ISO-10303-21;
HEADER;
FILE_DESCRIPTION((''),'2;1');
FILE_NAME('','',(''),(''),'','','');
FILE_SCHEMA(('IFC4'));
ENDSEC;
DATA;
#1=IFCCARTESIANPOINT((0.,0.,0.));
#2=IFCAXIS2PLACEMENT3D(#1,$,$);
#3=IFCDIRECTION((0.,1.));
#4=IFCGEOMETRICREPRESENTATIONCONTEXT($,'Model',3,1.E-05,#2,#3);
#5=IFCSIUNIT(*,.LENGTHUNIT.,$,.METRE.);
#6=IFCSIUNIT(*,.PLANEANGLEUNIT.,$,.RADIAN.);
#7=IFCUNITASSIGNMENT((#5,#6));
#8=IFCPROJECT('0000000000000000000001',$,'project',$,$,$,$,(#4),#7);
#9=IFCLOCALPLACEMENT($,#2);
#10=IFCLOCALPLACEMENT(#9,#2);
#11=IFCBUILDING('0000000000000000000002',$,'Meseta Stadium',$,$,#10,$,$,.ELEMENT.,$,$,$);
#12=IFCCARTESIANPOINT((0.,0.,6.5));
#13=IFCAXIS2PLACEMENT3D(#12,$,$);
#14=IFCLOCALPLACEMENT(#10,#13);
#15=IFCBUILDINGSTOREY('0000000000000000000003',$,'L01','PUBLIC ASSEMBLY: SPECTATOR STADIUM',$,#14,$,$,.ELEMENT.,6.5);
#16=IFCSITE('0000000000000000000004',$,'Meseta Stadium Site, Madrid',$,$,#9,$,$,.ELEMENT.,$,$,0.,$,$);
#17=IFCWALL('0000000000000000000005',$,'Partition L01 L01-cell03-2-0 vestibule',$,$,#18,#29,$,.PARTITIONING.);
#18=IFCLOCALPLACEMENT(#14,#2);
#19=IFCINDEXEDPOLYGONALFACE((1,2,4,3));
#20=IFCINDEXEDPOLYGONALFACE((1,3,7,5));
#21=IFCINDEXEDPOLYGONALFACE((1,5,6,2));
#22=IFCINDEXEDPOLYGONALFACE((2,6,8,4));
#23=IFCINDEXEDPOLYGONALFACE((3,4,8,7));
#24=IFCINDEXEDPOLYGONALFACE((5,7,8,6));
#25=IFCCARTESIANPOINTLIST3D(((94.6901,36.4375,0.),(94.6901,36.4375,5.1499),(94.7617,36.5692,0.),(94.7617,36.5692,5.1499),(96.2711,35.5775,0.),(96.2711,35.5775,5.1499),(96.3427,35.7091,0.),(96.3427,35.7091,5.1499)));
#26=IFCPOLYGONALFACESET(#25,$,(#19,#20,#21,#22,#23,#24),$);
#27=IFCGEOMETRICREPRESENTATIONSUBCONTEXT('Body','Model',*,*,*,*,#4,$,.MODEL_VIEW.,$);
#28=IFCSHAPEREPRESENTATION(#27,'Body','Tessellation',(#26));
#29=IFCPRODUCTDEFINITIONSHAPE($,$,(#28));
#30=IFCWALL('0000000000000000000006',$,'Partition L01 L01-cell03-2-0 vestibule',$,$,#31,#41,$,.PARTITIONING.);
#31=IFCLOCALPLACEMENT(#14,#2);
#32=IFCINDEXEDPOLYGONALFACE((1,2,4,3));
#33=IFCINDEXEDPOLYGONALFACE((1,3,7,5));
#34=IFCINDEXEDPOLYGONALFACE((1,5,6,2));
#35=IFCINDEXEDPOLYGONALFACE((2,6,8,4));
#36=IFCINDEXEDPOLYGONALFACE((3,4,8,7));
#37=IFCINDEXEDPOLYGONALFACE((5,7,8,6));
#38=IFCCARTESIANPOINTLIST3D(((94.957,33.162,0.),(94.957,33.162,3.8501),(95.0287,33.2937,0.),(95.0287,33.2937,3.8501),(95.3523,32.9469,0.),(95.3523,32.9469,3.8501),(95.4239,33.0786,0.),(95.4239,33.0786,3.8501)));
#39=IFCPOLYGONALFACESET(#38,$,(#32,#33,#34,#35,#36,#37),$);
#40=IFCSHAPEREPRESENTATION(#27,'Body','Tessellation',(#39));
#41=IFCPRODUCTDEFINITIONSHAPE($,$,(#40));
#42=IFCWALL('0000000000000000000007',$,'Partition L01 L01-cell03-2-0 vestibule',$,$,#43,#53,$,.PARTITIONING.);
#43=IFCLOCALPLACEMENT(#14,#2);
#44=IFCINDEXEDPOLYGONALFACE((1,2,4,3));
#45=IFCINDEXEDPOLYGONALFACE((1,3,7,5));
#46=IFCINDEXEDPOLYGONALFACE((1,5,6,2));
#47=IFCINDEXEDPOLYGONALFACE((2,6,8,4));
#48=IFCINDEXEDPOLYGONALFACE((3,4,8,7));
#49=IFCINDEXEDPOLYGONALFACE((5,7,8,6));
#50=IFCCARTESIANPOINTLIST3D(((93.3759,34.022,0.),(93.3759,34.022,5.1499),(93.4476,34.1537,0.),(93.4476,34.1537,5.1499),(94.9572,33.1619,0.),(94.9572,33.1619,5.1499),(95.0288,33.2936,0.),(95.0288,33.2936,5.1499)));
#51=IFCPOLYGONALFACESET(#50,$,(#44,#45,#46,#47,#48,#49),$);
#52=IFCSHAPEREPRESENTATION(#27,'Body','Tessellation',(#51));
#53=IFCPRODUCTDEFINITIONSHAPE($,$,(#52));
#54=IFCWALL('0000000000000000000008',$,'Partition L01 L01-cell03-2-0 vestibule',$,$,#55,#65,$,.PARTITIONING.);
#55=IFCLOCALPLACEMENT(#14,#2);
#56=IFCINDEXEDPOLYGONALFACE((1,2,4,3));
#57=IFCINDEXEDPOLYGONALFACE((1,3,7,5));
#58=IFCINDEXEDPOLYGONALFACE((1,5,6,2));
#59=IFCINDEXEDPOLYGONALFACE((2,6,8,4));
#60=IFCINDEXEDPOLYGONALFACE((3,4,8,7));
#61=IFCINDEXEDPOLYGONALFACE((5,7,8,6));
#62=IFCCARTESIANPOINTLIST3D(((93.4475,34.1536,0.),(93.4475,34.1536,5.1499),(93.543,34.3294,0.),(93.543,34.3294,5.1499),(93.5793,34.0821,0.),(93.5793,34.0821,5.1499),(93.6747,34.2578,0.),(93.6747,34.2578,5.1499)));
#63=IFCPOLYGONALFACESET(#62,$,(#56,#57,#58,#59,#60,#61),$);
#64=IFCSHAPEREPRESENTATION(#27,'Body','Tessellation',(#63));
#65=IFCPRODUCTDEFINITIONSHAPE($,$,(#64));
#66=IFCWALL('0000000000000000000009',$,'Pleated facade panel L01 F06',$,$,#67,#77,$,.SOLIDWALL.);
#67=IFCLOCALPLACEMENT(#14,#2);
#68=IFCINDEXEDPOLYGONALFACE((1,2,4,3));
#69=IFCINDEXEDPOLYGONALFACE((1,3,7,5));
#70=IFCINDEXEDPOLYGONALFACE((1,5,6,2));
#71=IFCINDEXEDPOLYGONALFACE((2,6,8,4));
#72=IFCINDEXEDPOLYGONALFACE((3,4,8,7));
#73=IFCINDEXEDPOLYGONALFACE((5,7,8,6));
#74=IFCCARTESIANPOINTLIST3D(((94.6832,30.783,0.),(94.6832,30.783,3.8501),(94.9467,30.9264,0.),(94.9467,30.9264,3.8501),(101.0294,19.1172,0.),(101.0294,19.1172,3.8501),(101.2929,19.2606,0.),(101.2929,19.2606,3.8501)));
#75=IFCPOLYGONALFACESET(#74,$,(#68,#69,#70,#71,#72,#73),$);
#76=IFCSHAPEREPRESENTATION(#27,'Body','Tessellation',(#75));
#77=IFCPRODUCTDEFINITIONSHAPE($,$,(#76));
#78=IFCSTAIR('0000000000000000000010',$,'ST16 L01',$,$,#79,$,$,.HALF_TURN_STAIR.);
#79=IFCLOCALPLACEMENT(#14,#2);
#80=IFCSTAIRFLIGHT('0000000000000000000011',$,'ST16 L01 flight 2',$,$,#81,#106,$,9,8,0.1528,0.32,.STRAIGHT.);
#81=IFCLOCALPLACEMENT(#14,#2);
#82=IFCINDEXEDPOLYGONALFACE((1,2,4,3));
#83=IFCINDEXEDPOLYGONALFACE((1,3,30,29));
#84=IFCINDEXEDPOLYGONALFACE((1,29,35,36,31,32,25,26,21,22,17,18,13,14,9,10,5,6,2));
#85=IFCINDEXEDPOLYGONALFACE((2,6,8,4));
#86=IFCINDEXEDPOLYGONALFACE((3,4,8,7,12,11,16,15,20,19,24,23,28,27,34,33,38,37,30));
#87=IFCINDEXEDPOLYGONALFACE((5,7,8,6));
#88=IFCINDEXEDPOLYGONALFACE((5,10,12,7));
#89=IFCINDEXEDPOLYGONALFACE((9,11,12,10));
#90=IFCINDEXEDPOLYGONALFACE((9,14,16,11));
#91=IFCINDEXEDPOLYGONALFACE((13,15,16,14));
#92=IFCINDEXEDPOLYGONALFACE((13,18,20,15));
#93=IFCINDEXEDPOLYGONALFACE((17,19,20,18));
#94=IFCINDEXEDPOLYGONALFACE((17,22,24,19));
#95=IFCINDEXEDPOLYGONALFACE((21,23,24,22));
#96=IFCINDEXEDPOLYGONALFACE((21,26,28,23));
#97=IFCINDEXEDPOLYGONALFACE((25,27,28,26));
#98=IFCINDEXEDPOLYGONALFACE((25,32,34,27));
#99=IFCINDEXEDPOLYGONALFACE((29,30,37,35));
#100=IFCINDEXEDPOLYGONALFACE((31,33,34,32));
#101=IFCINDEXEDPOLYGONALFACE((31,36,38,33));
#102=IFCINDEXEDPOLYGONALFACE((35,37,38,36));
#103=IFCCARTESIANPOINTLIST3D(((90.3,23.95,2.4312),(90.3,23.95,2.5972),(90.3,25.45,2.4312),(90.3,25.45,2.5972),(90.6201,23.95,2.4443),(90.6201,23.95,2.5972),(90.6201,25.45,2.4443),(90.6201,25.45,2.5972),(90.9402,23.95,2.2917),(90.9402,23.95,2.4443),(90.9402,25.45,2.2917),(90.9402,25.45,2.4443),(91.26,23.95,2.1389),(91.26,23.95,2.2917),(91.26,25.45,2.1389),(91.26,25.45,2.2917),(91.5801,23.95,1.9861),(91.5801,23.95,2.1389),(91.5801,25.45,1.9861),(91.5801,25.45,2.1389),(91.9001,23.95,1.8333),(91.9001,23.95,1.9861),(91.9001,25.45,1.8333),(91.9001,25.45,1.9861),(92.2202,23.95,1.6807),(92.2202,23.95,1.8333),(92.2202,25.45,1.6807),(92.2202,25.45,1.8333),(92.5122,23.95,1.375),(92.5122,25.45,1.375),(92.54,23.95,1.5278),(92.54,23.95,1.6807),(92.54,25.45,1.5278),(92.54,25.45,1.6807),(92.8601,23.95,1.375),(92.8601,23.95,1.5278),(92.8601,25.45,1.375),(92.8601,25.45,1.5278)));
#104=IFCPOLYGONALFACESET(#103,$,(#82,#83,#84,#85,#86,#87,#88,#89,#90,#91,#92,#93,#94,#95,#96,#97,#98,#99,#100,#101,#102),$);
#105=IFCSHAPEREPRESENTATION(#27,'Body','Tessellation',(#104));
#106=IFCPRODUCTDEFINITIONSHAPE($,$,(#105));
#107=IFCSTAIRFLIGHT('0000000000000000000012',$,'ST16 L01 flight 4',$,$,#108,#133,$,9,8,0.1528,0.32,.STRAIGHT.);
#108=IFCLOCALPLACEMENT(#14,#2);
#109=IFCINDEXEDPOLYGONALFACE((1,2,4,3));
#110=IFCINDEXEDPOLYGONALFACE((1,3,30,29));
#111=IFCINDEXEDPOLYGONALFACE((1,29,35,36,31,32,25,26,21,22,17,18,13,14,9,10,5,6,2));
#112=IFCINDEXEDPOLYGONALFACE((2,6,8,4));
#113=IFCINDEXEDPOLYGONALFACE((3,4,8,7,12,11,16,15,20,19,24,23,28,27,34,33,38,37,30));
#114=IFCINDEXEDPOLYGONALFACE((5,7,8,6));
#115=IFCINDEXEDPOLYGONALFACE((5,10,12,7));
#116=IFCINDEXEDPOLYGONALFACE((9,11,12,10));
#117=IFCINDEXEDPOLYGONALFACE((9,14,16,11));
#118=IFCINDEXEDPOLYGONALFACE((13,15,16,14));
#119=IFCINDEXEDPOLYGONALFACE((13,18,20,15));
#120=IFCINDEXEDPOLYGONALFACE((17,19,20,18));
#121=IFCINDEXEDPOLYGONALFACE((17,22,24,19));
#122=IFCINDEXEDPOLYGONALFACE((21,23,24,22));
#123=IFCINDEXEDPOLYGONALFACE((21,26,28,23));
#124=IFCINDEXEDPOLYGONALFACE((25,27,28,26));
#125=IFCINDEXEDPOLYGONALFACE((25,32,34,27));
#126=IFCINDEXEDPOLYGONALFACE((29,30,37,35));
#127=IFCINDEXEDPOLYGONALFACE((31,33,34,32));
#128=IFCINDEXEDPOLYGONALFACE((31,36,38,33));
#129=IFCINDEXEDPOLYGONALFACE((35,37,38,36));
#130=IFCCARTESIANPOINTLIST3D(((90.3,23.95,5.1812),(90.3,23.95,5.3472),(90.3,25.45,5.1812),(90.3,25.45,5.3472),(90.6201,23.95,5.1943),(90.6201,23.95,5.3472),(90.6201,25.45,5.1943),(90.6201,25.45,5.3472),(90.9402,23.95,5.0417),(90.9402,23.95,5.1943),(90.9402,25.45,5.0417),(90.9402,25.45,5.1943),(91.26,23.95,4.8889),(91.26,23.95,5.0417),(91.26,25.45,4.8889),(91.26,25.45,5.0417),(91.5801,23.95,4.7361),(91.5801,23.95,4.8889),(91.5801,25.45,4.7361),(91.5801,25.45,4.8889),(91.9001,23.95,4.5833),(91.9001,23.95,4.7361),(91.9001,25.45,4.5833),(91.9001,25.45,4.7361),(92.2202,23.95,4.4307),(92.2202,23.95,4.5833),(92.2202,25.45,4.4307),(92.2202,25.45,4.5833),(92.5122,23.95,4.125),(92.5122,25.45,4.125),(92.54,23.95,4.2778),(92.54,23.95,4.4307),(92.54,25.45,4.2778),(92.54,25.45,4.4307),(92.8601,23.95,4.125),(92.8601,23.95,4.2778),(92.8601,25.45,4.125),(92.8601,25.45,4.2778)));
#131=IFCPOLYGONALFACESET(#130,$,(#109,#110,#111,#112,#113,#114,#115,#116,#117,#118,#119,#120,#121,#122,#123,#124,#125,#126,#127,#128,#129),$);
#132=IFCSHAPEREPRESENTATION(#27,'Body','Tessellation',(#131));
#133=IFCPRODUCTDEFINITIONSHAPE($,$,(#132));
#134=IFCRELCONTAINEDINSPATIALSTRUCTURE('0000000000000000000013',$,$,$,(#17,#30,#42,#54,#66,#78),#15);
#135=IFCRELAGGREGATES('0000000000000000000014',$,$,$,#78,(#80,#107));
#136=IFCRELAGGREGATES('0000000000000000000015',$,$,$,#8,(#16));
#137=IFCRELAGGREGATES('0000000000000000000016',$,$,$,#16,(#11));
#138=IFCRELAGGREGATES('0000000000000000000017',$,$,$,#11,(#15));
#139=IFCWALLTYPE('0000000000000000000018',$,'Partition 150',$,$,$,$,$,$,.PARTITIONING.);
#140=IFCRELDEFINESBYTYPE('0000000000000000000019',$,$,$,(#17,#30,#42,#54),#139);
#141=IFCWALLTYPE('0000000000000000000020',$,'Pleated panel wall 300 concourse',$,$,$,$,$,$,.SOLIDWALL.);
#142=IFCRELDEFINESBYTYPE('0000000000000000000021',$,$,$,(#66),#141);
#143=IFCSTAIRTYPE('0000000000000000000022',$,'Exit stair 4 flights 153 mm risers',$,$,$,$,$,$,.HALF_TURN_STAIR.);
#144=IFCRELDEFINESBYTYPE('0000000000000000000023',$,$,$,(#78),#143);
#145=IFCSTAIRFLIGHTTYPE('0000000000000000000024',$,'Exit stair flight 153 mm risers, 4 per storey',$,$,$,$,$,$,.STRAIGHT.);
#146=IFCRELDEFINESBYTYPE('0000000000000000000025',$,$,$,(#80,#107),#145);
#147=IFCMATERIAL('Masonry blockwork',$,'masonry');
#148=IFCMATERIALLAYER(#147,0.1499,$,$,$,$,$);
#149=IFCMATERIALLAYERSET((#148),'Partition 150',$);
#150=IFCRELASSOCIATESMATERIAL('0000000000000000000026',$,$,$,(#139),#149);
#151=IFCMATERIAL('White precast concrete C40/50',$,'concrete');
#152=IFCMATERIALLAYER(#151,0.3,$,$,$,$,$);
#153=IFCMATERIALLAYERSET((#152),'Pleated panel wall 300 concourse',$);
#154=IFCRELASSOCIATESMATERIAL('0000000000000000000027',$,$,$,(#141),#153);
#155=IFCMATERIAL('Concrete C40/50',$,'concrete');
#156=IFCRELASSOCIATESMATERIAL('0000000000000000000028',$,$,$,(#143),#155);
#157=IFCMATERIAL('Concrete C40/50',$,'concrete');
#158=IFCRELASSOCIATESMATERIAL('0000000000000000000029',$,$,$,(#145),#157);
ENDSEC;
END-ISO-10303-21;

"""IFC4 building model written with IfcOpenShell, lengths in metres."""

from ifc_helpers import new_model, si_unit, direction, frame, frame_2d, origin, place, context, subcontext, project, spatial, polyline, rectangle, outline, extrude, material, layer, layer_set, type_object, element, aggregate, save


model = new_model("IFC4")

# Units and contexts
model_context = context("Model", 3, precision=1e-05, world=origin(), true_north=direction((0.0, 1.0)))
body_context = subcontext(model_context, "Body", "Model", "MODEL_VIEW")
ifc_project = project(units=[si_unit("LENGTHUNIT", "METRE"), si_unit("PLANEANGLEUNIT", "RADIAN")], contexts=[model_context])

# Site, building, storey
site_placement = place(None, origin())
site = spatial("IfcSite", under=ifc_project, at=site_placement, Name="Meseta Stadium Site, Madrid", CompositionType="ELEMENT", RefElevation=0.0)
building_placement = place(site_placement, origin())
building = spatial("IfcBuilding", under=site, at=building_placement, Name="Meseta Stadium", CompositionType="ELEMENT")
storey_placement = place(building_placement, frame((0.0, 0.0, 6.5)))
storey = spatial("IfcBuildingStorey", under=building, at=storey_placement, Name="L01", Description="PUBLIC ASSEMBLY: SPECTATOR STADIUM", CompositionType="ELEMENT", Elevation=6.5)

# Walls
ifc_material_1 = material(Name="Masonry blockwork", Category="masonry")
ifc_layer_1 = layer(ifc_material_1, 0.1499)
ifc_layer_set_1 = layer_set([ifc_layer_1], Name="Partition 150")
wall_type_1 = type_object("IfcWallType", Name="Partition 150", PredefinedType="PARTITIONING", material=ifc_layer_set_1)
wall_1_placement = place(storey_placement, frame((96.3069, 35.6433, 0.0), z_axis=(0.0, 0.0, 1.0), x_axis=(-0.878429, 0.477873, 0.0)))
element("IfcWall", 1, at=wall_1_placement, inside=storey, type_object=wall_type_1, Name="Partition L01 L01-cell03-2-0 vestibule", PredefinedType="PARTITIONING", context=body_context, shape_type="SweptSolid", body=[
    extrude(rectangle(XDim=1.7998, YDim=0.1499, at=frame_2d((0.8999, 0.0))), origin(), (0.0, 0.0, 1.0), 5.1499),
])
wall_2_placement = place(storey_placement, frame((95.3882, 33.0127, 0.0), z_axis=(0.0, 0.0, 1.0), x_axis=(-0.878372, 0.477978, 0.0)))
element("IfcWall", 2, at=wall_2_placement, inside=storey, type_object=wall_type_1, Name="Partition L01 L01-cell03-2-0 vestibule", PredefinedType="PARTITIONING", context=body_context, shape_type="SweptSolid", body=[
    extrude(rectangle(XDim=0.45, YDim=0.1499, at=frame_2d((0.2251, 0.0))), origin(), (0.0, 0.0, 1.0), 3.8501),
])
wall_3_placement = place(storey_placement, frame((94.9929, 33.2278, 0.0), z_axis=(0.0, 0.0, 1.0), x_axis=(-0.87846, 0.477816, 0.0)))
element("IfcWall", 3, at=wall_3_placement, inside=storey, type_object=wall_type_1, Name="Partition L01 L01-cell03-2-0 vestibule", PredefinedType="PARTITIONING", context=body_context, shape_type="SweptSolid", body=[
    extrude(rectangle(XDim=1.8, YDim=0.1499, at=frame_2d((0.8999, 0.0))), origin(), (0.0, 0.0, 1.0), 5.1499),
])
wall_4_placement = place(storey_placement, frame((93.6089, 34.2937, 0.0), z_axis=(0.0, 0.0, 1.0), x_axis=(-0.477227, -0.87878, 0.0)))
element("IfcWall", 4, at=wall_4_placement, inside=storey, type_object=wall_type_1, Name="Partition L01 L01-cell03-2-0 vestibule", PredefinedType="PARTITIONING", context=body_context, shape_type="SweptSolid", body=[
    extrude(rectangle(XDim=0.2, YDim=0.1499, at=frame_2d((0.1001, 0.0))), origin(), (0.0, 0.0, 1.0), 5.1499),
])
ifc_material_2 = material(Name="White precast concrete C40/50", Category="concrete")
ifc_layer_2 = layer(ifc_material_2, 0.3)
ifc_layer_set_2 = layer_set([ifc_layer_2], Name="Pleated panel wall 300 concourse")
wall_type_2 = type_object("IfcWallType", Name="Pleated panel wall 300 concourse", PredefinedType="SOLIDWALL", material=ifc_layer_set_2)
wall_5_placement = place(storey_placement, frame((94.8149, 30.8547, 0.0), z_axis=(0.0, 0.0, 1.0), x_axis=(0.477868, -0.878432, 0.0)))
element("IfcWall", 5, at=wall_5_placement, inside=storey, type_object=wall_type_2, Name="Pleated facade panel L01 F06", PredefinedType="SOLIDWALL", context=body_context, shape_type="SweptSolid", body=[
    extrude(rectangle(XDim=13.2803, YDim=0.3, at=frame_2d((6.6401, 0.0))), origin(), (0.0, 0.0, 1.0), 3.8501),
])

# Stair, stair flights
ifc_material_3 = material(Name="Concrete C40/50", Category="concrete")
stair_type = type_object("IfcStairType", Name="Exit stair 4 flights 153 mm risers", PredefinedType="HALF_TURN_STAIR", material=ifc_material_3)
stair_placement = place(storey_placement, origin())
stair = element("IfcStair", 6, at=stair_placement, inside=storey, type_object=stair_type, Name="ST16 L01", PredefinedType="HALF_TURN_STAIR")
ifc_material_4 = material(Name="Concrete C40/50", Category="concrete")
stair_flight_type = type_object("IfcStairFlightType", Name="Exit stair flight 153 mm risers, 4 per storey", PredefinedType="STRAIGHT", material=ifc_material_4)
stair_flight_1_placement = place(storey_placement, frame((92.8601, 24.7, 1.375), z_axis=(0.0, 0.0, 1.0), x_axis=(-1.0, 0.0, 0.0)))
stair_flight_1 = element("IfcStairFlight", 7, at=stair_flight_1_placement, type_object=stair_flight_type, Name="ST16 L01 flight 2", NumberOfRisers=9, NumberOfTreads=8, PredefinedType="STRAIGHT", RiserHeight=0.1528, TreadLength=0.32, context=body_context, shape_type="SweptSolid", body=[
    extrude(outline(polyline([(0.0, 0.0), (0.0, 0.1528), (0.3201, 0.1528), (0.3201, 0.3057), (0.6399, 0.3057), (0.6399, 0.4583), (0.96, 0.4583), (0.96, 0.6111), (1.28, 0.6111), (1.28, 0.7639), (1.6001, 0.7639), (1.6001, 0.9167), (1.9199, 0.9167), (1.9199, 1.0693), (2.24, 1.0693), (2.24, 1.2222), (2.5601, 1.2222), (2.5601, 1.0562), (0.3479, 0.0), (0.0, 0.0)])), frame((0.0, 0.75, 0.0), z_axis=(0.0, -1.0, 0.0), x_axis=(1.0, 0.0, 0.0)), (0.0, 0.0, 1.0), 1.5),
])
stair_flight_2_placement = place(storey_placement, frame((92.8601, 24.7, 4.125), z_axis=(0.0, 0.0, 1.0), x_axis=(-1.0, 0.0, 0.0)))
stair_flight_2 = element("IfcStairFlight", 8, at=stair_flight_2_placement, type_object=stair_flight_type, Name="ST16 L01 flight 4", NumberOfRisers=9, NumberOfTreads=8, PredefinedType="STRAIGHT", RiserHeight=0.1528, TreadLength=0.32, context=body_context, shape_type="SweptSolid", body=[
    extrude(outline(polyline([(0.0, 0.0), (0.0, 0.1528), (0.3201, 0.1528), (0.3201, 0.3057), (0.6399, 0.3057), (0.6399, 0.4583), (0.96, 0.4583), (0.96, 0.6111), (1.28, 0.6111), (1.28, 0.7639), (1.6001, 0.7639), (1.6001, 0.9167), (1.9199, 0.9167), (1.9199, 1.0693), (2.24, 1.0693), (2.24, 1.2222), (2.5601, 1.2222), (2.5601, 1.0562), (0.3479, 0.0), (0.0, 0.0)])), frame((0.0, 0.75, 0.0), z_axis=(0.0, -1.0, 0.0), x_axis=(1.0, 0.0, 0.0)), (0.0, 0.0, 1.0), 1.5),
])
aggregate(stair, [stair_flight_1, stair_flight_2])

save(model, "model.ifc")
